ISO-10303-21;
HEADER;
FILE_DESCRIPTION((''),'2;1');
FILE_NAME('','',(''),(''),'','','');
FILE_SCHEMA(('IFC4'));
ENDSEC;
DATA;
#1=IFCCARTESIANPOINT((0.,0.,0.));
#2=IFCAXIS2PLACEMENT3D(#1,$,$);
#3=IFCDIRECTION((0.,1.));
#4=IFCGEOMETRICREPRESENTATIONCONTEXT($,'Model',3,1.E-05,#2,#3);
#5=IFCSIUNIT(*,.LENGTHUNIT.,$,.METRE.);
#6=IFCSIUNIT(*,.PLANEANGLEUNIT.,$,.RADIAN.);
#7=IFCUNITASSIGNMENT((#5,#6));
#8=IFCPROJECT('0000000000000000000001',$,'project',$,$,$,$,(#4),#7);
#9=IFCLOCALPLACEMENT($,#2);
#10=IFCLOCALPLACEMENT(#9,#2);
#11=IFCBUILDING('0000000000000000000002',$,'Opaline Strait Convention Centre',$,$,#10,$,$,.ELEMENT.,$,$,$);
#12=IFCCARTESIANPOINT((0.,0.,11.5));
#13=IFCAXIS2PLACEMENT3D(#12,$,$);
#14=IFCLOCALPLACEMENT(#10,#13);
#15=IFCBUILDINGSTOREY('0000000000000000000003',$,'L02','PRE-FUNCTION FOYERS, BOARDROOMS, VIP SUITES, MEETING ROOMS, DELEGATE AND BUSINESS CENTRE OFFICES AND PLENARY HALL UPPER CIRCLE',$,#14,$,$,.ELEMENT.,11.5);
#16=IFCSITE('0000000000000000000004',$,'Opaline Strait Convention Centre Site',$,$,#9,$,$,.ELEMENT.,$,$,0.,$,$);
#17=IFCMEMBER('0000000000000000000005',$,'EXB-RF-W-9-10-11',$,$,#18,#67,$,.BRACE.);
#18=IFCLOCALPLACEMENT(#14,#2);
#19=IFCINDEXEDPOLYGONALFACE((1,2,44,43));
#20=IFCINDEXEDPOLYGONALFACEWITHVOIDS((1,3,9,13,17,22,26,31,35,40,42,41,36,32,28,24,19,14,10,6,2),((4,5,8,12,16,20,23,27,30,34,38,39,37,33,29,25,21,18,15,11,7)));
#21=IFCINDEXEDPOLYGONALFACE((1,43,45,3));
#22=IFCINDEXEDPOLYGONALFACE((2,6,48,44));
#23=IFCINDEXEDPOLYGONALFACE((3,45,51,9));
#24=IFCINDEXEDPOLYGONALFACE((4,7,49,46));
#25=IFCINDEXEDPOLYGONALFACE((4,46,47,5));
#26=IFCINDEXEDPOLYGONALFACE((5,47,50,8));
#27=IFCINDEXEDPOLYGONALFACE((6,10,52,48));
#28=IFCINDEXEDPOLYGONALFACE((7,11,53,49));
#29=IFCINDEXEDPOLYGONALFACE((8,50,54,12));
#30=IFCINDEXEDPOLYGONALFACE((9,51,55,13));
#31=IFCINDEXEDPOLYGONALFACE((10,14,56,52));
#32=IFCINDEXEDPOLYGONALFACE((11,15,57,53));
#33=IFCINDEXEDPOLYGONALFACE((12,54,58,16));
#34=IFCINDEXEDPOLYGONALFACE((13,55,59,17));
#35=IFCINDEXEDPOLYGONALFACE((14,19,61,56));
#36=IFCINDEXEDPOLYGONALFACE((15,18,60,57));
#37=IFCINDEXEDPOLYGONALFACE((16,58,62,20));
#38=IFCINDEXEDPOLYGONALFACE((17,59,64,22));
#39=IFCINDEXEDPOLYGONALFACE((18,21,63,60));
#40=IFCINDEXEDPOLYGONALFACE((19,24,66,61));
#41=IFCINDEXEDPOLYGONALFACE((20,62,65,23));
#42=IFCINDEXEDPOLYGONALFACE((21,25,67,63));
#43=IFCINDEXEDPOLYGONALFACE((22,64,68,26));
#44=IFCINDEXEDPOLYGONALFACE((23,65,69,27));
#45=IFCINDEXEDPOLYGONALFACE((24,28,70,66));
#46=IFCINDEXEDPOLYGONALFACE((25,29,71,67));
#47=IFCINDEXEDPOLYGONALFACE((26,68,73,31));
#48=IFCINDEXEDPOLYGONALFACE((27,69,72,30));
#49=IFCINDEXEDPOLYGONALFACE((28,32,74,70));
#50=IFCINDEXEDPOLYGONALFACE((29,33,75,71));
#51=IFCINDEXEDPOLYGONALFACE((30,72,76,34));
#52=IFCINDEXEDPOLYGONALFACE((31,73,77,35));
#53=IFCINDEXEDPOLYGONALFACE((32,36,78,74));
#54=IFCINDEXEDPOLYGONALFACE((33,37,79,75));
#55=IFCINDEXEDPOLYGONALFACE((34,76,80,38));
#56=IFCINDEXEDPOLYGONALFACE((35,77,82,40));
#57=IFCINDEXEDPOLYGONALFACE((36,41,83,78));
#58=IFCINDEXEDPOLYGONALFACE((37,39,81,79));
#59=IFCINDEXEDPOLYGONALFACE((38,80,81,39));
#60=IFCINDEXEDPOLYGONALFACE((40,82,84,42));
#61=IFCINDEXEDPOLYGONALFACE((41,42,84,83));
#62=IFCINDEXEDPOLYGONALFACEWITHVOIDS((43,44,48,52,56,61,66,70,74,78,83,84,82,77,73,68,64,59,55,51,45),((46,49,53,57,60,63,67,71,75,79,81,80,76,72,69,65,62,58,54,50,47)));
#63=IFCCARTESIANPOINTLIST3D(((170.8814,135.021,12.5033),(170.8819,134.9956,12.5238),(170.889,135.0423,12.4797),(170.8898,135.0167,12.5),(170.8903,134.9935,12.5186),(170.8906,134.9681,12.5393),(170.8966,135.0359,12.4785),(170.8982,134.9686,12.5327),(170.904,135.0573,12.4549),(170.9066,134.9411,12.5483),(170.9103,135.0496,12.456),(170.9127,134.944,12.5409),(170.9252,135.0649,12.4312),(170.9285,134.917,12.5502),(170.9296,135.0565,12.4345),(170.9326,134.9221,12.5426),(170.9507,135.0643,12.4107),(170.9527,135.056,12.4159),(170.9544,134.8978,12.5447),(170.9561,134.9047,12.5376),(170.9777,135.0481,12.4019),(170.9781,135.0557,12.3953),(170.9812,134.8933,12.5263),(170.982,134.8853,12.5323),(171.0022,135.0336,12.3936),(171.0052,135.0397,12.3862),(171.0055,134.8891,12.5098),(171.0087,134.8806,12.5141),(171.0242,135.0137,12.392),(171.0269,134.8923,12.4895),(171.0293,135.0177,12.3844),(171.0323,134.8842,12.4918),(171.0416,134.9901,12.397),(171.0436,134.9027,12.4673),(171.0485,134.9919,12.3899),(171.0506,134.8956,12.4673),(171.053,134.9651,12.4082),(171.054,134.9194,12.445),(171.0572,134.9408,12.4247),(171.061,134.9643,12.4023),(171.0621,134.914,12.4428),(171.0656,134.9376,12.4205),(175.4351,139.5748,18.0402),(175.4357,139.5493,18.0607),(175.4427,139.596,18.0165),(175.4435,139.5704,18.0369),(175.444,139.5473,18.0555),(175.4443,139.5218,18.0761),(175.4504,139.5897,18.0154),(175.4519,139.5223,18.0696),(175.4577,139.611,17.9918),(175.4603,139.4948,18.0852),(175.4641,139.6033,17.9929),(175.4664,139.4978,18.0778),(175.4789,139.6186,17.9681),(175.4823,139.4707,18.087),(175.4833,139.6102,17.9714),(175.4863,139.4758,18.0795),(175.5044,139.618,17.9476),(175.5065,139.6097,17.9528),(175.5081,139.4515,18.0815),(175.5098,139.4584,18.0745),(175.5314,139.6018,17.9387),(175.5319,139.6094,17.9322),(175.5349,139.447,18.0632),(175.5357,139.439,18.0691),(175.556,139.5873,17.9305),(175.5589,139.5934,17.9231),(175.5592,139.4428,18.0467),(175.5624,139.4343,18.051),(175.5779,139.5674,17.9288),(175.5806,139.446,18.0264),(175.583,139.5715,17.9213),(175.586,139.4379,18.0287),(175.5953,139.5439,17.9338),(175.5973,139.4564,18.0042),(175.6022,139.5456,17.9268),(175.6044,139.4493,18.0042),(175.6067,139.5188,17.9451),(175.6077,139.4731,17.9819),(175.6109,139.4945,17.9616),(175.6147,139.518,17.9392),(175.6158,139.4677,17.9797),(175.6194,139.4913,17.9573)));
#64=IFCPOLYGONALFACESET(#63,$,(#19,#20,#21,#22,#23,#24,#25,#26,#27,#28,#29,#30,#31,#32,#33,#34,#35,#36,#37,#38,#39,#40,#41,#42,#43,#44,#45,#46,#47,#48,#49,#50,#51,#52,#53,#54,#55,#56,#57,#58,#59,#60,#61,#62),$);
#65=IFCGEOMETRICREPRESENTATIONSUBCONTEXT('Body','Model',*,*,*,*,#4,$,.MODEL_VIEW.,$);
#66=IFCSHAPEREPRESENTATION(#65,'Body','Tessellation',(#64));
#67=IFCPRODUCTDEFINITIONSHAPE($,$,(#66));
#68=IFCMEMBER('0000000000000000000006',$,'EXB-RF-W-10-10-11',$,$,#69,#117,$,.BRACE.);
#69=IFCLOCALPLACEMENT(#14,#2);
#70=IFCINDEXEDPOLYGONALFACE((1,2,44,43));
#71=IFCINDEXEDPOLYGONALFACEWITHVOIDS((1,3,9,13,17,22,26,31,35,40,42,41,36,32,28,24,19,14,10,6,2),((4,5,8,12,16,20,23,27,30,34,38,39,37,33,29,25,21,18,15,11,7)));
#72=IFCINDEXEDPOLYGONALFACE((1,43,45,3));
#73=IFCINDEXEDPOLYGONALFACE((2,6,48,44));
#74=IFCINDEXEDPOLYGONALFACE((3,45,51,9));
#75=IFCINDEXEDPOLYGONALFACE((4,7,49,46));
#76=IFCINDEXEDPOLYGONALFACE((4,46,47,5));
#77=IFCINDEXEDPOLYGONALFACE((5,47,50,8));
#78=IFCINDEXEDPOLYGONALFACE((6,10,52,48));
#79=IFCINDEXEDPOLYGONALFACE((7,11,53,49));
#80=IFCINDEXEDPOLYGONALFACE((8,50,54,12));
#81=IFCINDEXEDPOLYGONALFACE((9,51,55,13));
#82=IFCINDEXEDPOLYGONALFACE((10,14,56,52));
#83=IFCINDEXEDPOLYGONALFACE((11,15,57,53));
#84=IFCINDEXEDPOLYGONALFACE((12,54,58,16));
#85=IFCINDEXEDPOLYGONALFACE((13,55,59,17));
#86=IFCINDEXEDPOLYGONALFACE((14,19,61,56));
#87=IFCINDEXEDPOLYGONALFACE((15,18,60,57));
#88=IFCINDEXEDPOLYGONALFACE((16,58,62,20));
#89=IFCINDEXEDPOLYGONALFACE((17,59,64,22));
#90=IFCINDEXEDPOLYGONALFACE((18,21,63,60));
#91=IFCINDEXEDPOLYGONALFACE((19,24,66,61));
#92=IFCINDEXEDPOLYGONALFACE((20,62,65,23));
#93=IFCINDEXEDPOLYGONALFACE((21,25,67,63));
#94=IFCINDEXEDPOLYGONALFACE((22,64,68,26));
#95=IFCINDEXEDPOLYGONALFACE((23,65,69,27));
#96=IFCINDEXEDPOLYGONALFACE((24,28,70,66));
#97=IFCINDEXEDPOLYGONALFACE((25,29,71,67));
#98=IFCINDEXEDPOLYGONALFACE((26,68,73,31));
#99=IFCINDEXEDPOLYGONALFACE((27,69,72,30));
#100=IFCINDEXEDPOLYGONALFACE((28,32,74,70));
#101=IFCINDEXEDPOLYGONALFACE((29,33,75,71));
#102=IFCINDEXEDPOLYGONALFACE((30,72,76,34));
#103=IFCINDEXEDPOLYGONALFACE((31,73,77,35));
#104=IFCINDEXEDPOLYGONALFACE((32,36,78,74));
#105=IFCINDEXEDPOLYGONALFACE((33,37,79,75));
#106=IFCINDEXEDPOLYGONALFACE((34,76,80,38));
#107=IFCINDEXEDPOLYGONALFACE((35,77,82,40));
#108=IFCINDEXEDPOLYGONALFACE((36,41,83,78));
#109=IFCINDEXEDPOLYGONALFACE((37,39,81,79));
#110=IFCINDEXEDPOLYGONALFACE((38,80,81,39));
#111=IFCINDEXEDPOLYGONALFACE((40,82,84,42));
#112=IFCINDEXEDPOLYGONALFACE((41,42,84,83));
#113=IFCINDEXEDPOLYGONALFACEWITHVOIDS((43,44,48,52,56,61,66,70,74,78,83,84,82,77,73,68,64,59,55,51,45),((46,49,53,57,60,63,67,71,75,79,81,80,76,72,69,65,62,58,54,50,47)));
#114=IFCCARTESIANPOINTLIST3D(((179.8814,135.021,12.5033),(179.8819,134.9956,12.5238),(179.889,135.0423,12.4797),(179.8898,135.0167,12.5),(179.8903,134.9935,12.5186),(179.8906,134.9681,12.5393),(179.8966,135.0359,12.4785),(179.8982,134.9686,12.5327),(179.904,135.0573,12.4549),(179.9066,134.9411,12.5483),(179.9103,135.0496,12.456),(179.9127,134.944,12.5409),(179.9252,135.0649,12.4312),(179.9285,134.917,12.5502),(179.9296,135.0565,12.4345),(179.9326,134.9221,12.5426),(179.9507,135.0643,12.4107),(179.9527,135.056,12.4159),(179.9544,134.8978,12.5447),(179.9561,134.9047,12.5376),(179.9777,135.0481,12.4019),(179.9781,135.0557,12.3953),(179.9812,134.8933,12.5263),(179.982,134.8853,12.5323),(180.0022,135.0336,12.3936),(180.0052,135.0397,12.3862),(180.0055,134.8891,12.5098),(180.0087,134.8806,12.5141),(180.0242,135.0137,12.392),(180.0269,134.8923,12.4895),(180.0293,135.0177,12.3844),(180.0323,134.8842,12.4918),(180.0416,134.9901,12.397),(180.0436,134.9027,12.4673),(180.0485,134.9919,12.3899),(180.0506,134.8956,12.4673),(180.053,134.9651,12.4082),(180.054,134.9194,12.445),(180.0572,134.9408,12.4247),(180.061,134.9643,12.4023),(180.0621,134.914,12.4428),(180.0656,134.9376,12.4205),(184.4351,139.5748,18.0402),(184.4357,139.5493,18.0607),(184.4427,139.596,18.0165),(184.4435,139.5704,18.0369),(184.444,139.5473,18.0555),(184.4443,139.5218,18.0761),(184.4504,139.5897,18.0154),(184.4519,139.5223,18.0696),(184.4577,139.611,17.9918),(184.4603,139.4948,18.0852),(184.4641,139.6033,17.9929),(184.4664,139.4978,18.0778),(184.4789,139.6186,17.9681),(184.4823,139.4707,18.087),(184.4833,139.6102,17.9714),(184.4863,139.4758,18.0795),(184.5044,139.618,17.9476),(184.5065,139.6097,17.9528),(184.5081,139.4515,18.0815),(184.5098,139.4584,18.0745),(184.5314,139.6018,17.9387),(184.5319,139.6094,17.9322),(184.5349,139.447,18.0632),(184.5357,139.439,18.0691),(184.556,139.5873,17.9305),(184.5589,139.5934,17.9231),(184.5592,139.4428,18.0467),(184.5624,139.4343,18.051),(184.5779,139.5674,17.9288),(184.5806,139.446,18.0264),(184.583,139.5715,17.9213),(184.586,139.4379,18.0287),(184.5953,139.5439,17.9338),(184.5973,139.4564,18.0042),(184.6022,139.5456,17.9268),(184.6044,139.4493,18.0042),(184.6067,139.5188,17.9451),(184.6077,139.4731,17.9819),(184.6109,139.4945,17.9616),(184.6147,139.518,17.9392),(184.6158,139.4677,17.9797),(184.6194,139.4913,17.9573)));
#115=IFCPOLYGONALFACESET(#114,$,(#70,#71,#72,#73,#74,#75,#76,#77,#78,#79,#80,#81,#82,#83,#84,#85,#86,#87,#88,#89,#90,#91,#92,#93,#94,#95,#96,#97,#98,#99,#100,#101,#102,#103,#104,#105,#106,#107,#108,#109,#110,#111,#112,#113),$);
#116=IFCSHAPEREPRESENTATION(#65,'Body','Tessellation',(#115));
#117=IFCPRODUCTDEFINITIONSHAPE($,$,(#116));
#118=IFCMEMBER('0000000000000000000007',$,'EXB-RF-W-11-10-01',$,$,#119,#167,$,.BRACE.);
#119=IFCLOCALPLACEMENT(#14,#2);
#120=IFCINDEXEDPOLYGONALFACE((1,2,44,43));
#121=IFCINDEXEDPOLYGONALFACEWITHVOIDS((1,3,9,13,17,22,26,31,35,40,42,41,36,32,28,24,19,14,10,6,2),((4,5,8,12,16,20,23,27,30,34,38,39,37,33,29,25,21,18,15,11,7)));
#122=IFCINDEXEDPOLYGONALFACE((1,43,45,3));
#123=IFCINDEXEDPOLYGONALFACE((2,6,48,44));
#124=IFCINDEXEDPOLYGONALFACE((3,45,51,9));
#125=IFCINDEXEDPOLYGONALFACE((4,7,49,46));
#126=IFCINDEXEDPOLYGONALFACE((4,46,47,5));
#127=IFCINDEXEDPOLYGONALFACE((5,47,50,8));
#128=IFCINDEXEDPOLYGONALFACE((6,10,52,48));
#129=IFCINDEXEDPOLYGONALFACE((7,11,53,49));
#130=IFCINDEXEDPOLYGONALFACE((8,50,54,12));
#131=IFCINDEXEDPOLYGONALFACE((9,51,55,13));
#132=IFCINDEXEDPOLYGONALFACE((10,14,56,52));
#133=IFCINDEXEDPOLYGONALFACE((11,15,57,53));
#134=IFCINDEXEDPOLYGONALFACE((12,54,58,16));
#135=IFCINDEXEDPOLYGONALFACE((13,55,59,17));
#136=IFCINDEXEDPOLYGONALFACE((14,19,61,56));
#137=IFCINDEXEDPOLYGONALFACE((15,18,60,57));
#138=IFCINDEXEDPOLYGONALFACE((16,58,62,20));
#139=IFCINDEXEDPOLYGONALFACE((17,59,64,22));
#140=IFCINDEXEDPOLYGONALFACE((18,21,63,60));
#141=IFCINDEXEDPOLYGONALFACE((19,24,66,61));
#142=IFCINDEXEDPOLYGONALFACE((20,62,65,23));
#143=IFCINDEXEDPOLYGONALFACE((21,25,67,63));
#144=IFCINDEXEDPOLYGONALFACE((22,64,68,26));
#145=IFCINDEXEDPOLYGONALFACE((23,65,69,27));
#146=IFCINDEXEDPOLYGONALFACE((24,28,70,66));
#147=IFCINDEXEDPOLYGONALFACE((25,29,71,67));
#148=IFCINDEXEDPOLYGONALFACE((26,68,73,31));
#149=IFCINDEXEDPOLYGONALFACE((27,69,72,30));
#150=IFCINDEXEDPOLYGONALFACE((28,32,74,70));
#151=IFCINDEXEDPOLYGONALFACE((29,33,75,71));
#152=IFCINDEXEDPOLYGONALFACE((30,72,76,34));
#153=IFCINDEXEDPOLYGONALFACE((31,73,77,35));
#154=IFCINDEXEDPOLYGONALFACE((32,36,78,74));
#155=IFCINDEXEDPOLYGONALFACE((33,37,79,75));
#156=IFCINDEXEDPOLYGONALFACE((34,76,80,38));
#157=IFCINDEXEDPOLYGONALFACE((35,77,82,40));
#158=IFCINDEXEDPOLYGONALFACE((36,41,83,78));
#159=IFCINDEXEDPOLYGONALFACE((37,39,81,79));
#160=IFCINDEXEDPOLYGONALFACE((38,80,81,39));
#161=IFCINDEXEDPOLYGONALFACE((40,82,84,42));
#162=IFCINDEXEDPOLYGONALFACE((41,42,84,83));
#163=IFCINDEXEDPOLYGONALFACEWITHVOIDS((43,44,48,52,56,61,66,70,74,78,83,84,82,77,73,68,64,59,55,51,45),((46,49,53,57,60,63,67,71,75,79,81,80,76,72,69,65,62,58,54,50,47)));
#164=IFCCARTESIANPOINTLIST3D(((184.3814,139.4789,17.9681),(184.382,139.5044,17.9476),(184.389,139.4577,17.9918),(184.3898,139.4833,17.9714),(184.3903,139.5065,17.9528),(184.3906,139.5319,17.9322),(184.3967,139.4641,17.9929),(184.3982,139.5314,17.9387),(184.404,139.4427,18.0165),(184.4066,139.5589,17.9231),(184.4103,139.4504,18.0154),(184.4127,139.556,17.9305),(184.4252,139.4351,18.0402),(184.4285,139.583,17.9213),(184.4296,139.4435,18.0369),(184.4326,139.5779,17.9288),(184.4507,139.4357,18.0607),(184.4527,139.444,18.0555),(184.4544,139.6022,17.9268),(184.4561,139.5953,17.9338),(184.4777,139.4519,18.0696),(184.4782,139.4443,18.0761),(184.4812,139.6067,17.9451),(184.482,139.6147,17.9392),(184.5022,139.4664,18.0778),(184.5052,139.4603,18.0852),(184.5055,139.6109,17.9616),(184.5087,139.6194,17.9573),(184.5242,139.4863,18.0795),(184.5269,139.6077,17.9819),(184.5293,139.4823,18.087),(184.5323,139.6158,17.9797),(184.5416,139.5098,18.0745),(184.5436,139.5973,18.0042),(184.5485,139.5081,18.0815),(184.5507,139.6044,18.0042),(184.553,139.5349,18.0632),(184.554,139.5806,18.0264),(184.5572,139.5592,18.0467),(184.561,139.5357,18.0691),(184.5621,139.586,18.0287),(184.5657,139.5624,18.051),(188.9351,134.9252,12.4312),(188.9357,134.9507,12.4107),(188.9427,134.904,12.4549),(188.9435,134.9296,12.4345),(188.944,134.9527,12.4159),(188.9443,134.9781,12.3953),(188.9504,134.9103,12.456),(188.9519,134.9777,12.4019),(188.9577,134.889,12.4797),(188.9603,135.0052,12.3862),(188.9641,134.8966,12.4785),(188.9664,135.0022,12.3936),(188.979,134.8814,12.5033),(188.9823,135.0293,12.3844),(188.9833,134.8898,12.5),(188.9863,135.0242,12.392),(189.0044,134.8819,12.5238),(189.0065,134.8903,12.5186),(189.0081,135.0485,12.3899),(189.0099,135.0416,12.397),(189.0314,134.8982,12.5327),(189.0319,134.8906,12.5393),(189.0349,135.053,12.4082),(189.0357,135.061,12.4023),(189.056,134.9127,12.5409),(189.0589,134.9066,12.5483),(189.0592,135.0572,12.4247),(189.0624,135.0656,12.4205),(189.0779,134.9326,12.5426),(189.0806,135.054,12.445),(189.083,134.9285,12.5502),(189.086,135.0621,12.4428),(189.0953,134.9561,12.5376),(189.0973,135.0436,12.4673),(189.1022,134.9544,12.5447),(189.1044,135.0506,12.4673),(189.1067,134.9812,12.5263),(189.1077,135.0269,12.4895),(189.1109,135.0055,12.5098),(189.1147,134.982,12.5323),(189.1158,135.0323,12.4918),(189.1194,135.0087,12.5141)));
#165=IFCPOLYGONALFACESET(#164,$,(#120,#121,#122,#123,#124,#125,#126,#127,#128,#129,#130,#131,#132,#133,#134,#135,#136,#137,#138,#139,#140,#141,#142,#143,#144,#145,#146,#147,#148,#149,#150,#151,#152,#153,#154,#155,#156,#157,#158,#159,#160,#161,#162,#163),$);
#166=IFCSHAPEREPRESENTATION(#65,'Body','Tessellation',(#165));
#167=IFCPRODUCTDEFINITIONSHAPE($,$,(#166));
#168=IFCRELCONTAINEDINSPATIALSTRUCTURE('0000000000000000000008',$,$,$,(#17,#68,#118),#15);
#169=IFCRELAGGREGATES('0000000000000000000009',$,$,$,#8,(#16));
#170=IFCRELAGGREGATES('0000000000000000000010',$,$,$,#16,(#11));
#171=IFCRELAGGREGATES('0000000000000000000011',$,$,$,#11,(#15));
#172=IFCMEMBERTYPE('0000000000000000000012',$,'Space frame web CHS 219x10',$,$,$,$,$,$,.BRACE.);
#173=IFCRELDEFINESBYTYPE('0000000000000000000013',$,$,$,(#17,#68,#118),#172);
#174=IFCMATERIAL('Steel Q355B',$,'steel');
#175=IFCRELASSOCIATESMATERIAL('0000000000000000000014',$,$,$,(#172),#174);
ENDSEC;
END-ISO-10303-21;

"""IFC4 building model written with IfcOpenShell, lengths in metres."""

from ifc_helpers import new_model, si_unit, direction, frame, origin, origin_2d, place, context, subcontext, project, spatial, hollow_circle, extrude, material, material_profile, profile_set, type_object, element, save


model = new_model("IFC4")

# Units and contexts
model_context = context("Model", 3, precision=1e-05, world=origin(), true_north=direction((0.0, 1.0)))
body_context = subcontext(model_context, "Body", "Model", "MODEL_VIEW")
ifc_project = project(units=[si_unit("LENGTHUNIT", "METRE"), si_unit("PLANEANGLEUNIT", "RADIAN")], contexts=[model_context])

# Site, building, storey
site_placement = place(None, origin())
site = spatial("IfcSite", under=ifc_project, at=site_placement, Name="Opaline Strait Convention Centre Site", CompositionType="ELEMENT", RefElevation=0.0)
building_placement = place(site_placement, origin())
building = spatial("IfcBuilding", under=site, at=building_placement, Name="Opaline Strait Convention Centre", CompositionType="ELEMENT")
storey_placement = place(building_placement, frame((0.0, 0.0, 11.5)))
storey = spatial("IfcBuildingStorey", under=building, at=storey_placement, Name="L02", Description="PRE-FUNCTION FOYERS, BOARDROOMS, VIP SUITES, MEETING ROOMS, DELEGATE AND BUSINESS CENTRE OFFICES AND PLENARY HALL UPPER CIRCLE", CompositionType="ELEMENT", Elevation=11.5)

# Members
ifc_material_1 = material(Name="Steel Q355B", Category="steel")
ifc_material_profile_1 = material_profile(ifc_material_1, hollow_circle(Radius=0.1096, WallThickness=0.01, at=origin_2d()), Name="CHS 219x10")
ifc_profile_set_1 = profile_set([ifc_material_profile_1], Name="Steel Q355B")
member_type_1 = type_object("IfcMemberType", Name="Space frame web CHS 219x10", PredefinedType="BRACE", material=ifc_profile_set_1)
for number, where, z_axis, x_axis, name in (
    (1, (175.5269, 139.5269, 18.0042), (-0.536178, -0.536178, -0.65194), (0.707107, -0.707107, 0.0), "EXB-RF-W-9-10-11"),
    (2, (184.5269, 139.5269, 18.0042), (-0.536178, -0.536178, -0.65194), (0.707107, -0.707107, 0.0), "EXB-RF-W-10-10-11"),
    (3, (184.4731, 139.5269, 18.0042), (0.536178, -0.536178, -0.65194), (0.707107, 0.707107, 0.0), "EXB-RF-W-11-10-01"),
):
    element("IfcMember", number, at=place(storey_placement, frame(where, z_axis=z_axis, x_axis=x_axis)), inside=storey, type_object=member_type_1, Name=name, PredefinedType="BRACE", context=body_context, shape_type="SweptSolid", body=[
        extrude(hollow_circle(Radius=0.1096, WallThickness=0.01, at=origin_2d()), origin(), (0.0, 0.0, 1.0), 8.4929),
    ])

save(model, "model.ifc")
